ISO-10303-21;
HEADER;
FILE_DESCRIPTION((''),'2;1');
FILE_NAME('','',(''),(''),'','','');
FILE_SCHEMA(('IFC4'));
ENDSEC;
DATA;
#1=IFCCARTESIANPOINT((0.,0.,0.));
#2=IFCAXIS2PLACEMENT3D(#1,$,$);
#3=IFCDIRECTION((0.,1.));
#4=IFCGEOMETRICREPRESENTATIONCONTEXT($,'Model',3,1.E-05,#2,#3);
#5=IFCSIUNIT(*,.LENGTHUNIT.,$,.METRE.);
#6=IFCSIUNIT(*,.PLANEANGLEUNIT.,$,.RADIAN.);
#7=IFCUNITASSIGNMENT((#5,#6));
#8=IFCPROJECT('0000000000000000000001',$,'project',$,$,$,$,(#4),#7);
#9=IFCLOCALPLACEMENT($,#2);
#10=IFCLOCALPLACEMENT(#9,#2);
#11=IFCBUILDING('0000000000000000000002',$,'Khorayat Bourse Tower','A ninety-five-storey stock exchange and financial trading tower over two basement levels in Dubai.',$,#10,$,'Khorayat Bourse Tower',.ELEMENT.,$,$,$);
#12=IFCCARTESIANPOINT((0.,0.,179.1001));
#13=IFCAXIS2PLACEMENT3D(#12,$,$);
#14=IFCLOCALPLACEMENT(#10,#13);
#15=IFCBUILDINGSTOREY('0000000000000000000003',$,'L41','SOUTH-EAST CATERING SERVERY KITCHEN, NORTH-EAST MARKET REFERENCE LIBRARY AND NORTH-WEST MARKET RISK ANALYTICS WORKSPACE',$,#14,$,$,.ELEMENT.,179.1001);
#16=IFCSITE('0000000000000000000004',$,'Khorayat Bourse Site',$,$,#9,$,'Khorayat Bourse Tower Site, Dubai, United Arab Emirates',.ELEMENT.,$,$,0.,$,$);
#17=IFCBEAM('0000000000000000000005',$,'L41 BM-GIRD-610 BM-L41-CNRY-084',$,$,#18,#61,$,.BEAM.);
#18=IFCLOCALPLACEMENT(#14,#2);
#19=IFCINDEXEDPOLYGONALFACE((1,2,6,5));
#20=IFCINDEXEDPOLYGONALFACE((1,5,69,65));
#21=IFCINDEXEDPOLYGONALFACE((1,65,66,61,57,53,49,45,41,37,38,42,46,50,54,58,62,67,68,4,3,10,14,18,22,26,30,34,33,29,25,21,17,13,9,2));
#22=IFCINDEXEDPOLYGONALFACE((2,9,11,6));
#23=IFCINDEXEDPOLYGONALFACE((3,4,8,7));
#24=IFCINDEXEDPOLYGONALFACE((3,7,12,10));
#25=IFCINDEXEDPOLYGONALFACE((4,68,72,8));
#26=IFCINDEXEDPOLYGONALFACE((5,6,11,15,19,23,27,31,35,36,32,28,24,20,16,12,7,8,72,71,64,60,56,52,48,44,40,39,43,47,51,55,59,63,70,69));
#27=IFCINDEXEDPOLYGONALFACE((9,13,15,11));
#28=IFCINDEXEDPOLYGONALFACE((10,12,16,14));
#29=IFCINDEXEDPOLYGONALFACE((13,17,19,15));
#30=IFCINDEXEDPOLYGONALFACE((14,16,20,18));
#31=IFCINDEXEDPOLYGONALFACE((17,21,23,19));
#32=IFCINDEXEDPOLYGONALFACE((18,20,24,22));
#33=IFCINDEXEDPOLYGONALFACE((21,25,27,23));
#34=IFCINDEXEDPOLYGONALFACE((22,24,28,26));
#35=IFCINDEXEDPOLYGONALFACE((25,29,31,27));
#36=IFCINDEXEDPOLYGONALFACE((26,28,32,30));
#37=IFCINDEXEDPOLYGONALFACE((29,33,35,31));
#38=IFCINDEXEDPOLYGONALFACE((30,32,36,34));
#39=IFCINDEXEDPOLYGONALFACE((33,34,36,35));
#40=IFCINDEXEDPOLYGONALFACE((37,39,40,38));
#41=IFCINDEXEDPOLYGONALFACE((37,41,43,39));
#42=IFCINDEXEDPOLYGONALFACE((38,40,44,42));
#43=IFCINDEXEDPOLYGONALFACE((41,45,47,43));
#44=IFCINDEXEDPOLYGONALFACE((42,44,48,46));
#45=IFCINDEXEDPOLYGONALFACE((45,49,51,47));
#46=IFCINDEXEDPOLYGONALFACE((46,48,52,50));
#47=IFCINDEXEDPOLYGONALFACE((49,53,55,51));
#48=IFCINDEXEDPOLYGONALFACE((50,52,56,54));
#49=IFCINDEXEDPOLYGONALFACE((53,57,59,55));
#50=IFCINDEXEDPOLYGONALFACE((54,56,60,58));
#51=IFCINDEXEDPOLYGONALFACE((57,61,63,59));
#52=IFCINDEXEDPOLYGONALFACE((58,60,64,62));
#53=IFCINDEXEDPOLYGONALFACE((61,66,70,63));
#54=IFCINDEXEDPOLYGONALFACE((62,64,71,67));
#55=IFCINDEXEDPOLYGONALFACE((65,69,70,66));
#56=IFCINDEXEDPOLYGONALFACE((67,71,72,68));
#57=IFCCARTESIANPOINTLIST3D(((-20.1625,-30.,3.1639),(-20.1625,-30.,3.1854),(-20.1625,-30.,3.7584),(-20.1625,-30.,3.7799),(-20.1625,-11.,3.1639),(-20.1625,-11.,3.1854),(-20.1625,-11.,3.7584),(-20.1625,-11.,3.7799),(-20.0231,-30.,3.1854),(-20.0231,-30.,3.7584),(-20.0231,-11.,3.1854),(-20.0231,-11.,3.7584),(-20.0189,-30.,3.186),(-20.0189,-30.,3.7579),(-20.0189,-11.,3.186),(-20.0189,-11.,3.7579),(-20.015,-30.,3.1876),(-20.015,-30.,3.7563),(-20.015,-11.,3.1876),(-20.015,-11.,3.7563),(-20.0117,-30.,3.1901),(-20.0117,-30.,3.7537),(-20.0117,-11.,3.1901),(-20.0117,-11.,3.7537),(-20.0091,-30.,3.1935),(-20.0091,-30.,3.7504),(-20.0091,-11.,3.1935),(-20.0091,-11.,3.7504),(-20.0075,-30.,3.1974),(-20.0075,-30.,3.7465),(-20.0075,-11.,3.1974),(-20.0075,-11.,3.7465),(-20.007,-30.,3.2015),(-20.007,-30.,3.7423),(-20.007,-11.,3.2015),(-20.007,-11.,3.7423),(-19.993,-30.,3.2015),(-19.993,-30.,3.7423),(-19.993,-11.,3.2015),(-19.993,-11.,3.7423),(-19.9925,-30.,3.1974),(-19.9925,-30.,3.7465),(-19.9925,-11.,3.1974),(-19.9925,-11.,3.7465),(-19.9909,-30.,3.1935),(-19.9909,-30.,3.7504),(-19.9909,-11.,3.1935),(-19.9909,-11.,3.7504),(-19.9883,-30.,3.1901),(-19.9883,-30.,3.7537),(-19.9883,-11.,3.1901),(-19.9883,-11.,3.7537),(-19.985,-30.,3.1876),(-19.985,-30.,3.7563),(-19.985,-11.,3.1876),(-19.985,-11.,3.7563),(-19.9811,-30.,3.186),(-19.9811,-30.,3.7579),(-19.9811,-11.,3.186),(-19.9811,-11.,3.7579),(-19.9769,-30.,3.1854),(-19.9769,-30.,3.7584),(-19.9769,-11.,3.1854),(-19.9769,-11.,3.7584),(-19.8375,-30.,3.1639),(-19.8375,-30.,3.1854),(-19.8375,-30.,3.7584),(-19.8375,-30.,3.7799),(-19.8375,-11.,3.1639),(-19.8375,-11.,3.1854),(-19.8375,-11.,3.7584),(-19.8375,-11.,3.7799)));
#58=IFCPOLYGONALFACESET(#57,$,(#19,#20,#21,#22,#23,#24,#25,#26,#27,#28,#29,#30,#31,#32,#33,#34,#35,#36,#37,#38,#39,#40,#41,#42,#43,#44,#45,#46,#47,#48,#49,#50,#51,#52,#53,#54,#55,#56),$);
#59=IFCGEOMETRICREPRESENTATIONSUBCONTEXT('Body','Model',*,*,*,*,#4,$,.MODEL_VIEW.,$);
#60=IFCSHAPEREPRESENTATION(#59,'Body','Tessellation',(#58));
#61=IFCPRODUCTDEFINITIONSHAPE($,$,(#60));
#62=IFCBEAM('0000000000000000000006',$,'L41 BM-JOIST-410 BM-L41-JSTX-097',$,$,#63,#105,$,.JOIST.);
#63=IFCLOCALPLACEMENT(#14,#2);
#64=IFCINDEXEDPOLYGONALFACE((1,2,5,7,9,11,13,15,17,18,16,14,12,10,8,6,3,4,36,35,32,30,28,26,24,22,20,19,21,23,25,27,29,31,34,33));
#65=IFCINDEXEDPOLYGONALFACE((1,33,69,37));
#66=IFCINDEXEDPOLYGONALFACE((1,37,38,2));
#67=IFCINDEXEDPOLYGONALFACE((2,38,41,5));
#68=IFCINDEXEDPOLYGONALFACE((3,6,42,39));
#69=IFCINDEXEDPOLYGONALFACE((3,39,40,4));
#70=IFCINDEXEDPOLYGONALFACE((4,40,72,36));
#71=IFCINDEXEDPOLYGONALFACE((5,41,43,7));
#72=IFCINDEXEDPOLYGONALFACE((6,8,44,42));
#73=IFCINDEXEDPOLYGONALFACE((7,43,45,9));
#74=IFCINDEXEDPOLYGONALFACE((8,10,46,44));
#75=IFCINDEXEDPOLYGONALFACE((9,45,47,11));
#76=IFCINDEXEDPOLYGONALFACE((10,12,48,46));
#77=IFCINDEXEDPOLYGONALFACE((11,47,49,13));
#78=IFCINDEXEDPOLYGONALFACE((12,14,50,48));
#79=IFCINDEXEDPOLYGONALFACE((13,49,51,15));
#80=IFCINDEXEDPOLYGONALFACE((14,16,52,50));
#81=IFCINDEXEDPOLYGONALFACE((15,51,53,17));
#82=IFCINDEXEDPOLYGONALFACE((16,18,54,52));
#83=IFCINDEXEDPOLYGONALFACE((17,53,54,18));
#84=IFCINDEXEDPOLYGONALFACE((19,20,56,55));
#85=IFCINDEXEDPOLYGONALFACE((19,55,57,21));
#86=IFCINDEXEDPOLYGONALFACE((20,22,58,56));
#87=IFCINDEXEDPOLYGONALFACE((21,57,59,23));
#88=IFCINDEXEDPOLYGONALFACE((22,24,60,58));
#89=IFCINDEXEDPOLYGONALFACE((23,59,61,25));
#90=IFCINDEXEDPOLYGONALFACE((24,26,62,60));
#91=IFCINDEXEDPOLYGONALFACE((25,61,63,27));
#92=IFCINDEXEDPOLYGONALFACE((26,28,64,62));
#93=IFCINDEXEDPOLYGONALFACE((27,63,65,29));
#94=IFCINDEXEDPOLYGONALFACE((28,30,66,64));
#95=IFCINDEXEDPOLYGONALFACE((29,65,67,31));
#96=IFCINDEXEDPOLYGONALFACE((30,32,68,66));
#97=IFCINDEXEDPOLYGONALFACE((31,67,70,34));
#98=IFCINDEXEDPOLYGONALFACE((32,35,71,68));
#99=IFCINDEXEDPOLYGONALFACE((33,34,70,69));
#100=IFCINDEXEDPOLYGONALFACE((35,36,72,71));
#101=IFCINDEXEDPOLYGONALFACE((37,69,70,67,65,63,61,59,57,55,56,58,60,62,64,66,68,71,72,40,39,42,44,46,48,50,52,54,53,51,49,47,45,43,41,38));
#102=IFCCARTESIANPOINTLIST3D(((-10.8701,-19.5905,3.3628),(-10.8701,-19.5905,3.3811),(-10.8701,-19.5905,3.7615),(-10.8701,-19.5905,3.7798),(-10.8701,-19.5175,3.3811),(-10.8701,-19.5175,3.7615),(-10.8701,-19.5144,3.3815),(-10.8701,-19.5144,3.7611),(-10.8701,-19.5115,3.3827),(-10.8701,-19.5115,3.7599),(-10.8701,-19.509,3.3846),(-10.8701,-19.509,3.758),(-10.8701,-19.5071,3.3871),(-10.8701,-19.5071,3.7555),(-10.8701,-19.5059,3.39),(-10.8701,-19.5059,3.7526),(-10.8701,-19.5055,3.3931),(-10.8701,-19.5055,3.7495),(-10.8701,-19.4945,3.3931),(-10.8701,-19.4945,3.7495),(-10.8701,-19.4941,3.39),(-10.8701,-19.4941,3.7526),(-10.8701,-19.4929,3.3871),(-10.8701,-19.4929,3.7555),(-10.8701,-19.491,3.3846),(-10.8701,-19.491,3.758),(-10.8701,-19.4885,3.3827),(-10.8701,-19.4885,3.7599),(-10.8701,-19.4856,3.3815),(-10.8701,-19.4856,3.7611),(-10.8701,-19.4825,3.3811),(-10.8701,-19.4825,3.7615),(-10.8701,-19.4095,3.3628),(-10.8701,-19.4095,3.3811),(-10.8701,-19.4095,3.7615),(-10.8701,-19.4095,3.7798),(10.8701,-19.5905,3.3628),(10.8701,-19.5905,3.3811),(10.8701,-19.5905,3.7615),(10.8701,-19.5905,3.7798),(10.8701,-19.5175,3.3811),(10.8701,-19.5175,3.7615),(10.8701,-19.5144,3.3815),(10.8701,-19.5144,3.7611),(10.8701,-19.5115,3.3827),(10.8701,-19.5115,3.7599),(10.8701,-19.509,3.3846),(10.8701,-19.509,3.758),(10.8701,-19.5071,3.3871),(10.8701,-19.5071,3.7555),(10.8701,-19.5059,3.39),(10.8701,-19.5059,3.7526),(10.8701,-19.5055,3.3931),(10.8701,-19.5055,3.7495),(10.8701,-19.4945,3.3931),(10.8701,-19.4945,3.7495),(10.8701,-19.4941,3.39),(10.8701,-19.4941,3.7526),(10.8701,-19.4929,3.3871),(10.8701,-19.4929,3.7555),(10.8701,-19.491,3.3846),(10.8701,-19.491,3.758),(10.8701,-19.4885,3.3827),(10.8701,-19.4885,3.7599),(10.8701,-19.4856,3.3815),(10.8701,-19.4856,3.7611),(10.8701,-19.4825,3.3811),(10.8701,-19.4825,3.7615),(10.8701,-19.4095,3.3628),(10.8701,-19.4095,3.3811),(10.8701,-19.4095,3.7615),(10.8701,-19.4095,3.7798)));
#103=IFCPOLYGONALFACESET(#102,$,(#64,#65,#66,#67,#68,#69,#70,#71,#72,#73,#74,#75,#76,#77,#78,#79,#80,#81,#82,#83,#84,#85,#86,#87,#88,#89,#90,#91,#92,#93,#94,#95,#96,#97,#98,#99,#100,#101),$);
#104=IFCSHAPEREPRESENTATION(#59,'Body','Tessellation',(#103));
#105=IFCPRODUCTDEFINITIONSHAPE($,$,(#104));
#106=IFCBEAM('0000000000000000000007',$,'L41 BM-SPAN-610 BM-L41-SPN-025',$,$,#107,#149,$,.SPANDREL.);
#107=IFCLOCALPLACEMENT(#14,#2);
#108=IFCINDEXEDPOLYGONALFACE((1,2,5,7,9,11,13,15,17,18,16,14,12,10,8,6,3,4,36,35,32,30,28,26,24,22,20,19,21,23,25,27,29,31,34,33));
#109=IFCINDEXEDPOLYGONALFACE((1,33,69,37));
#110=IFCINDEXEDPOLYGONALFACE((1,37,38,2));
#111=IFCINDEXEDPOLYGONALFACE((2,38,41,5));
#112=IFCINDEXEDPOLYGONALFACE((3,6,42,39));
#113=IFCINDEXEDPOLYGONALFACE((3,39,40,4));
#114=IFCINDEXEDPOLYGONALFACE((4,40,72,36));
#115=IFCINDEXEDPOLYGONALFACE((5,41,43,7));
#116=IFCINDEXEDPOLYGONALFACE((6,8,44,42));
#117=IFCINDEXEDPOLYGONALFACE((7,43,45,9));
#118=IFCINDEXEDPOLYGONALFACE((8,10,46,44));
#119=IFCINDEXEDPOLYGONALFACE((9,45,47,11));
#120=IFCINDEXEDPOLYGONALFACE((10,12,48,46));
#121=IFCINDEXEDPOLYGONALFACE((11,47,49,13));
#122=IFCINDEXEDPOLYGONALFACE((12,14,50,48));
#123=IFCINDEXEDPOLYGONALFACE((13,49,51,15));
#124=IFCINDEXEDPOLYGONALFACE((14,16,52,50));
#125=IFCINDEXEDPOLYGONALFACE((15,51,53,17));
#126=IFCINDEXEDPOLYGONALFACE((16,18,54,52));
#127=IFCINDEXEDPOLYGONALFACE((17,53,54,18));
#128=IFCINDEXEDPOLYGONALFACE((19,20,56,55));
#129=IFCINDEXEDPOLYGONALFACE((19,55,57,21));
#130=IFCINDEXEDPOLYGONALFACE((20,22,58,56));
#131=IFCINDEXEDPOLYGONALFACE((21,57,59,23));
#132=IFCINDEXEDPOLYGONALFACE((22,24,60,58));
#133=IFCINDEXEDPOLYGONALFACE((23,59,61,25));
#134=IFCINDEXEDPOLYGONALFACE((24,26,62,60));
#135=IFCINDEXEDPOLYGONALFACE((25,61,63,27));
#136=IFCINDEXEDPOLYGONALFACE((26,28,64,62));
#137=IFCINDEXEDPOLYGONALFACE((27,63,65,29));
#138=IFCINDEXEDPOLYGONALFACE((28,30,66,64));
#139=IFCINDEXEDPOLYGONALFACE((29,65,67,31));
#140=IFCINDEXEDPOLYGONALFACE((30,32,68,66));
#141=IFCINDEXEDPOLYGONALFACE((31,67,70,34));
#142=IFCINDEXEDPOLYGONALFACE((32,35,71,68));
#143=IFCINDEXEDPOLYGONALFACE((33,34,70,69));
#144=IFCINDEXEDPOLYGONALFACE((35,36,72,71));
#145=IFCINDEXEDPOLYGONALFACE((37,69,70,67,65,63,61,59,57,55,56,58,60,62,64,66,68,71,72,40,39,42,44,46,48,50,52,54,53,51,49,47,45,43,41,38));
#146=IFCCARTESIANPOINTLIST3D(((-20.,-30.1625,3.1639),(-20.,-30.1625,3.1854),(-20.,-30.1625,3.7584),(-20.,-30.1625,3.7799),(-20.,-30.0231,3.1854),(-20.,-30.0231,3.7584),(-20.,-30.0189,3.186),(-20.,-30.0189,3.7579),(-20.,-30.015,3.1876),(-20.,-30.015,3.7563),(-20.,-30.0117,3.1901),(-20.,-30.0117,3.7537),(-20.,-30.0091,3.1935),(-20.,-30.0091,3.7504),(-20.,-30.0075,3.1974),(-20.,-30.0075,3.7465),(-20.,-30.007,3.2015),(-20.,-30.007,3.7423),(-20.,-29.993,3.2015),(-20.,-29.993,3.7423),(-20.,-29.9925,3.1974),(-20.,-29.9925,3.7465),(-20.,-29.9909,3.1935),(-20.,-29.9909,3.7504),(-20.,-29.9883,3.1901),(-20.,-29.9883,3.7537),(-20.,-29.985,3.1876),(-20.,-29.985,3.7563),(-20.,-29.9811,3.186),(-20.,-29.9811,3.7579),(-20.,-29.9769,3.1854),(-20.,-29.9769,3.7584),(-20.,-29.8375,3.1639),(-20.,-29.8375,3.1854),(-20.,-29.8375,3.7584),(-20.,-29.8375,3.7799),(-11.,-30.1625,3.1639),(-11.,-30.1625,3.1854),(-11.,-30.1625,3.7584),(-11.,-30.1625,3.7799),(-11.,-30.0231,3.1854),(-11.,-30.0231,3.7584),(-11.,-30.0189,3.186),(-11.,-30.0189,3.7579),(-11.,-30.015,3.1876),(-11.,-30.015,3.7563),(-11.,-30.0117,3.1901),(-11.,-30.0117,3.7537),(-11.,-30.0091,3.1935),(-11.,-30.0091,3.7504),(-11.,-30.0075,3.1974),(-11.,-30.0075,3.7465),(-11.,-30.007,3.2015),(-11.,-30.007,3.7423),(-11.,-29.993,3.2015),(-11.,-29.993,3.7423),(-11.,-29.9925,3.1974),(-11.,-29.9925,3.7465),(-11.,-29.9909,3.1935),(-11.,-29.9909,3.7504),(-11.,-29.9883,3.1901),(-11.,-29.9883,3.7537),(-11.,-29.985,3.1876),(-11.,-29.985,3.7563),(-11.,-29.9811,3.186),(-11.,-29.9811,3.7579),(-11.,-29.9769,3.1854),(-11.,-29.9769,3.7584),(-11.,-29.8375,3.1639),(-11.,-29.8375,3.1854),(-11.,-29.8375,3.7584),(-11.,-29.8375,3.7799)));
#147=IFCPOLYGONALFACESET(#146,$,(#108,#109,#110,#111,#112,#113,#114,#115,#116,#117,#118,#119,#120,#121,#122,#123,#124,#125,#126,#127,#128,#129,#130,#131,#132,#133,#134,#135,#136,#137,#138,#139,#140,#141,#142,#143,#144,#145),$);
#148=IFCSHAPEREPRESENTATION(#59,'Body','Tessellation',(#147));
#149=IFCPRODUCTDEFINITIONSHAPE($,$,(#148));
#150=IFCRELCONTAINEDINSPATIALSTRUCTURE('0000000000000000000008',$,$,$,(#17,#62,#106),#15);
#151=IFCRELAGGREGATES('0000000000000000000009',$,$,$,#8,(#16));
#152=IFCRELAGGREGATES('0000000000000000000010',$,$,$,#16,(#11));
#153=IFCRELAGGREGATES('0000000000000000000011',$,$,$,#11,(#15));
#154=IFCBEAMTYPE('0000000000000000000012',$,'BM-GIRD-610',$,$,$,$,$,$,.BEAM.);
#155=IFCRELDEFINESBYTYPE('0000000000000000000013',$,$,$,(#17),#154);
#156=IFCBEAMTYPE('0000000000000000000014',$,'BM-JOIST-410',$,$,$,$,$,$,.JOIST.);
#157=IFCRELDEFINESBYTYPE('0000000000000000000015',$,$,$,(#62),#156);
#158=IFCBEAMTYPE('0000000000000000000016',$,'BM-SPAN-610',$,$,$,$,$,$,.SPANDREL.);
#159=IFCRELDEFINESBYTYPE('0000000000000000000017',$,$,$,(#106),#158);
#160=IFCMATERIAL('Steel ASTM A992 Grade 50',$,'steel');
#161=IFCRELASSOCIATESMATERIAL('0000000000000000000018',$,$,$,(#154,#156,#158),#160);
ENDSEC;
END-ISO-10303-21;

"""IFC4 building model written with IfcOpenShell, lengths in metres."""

from ifc_helpers import new_model, si_unit, direction, frame, origin, origin_2d, place, context, subcontext, project, spatial, i_section, extrude, source, transform, mapped, material, material_profile, profile_set, type_object, element, save


model = new_model("IFC4")

# Units and contexts
model_context = context("Model", 3, precision=1e-05, world=origin(), true_north=direction((0.0, 1.0)))
body_context = subcontext(model_context, "Body", "Model", "MODEL_VIEW")
ifc_project = project(units=[si_unit("LENGTHUNIT", "METRE"), si_unit("PLANEANGLEUNIT", "RADIAN")], contexts=[model_context])

# Site, building, storey
site_placement = place(None, origin())
site = spatial("IfcSite", under=ifc_project, at=site_placement, Name="Khorayat Bourse Site", LongName="Khorayat Bourse Tower Site, Dubai, United Arab Emirates", CompositionType="ELEMENT", RefElevation=0.0)
building_placement = place(site_placement, origin())
building = spatial("IfcBuilding", under=site, at=building_placement, Name="Khorayat Bourse Tower", Description="A ninety-five-storey stock exchange and financial trading tower over two basement levels in Dubai.", LongName="Khorayat Bourse Tower", CompositionType="ELEMENT")
storey_placement = place(building_placement, frame((0.0, 0.0, 179.1001)))
storey = spatial("IfcBuildingStorey", under=building, at=storey_placement, Name="L41", Description="SOUTH-EAST CATERING SERVERY KITCHEN, NORTH-EAST MARKET REFERENCE LIBRARY AND NORTH-WEST MARKET RISK ANALYTICS WORKSPACE", CompositionType="ELEMENT", Elevation=179.1001)

# Beams
ifc_material_1 = material(Name="Steel ASTM A992 Grade 50", Category="steel")
ifc_material_profile_1 = material_profile(ifc_material_1, i_section(OverallWidth=0.325, OverallDepth=0.616, WebThickness=0.0139, FlangeThickness=0.0215, FilletRadius=0.0161, at=origin_2d()), Name="W610X174")
ifc_profile_set_1 = profile_set([ifc_material_profile_1], Name="Steel ASTM A992 Grade 50")
beam_type_1 = type_object("IfcBeamType", Name="BM-GIRD-610", PredefinedType="BEAM", material=ifc_profile_set_1)
shared_shape_1 = source(origin(), body_context, "Body", "SweptSolid", [
    extrude(i_section(OverallWidth=0.325, OverallDepth=0.616, WebThickness=0.0139, FlangeThickness=0.0215, FilletRadius=0.0161, at=origin_2d()), origin(), (0.0, 0.0, 1.0), 19.0),
])
beam_1_placement = place(storey_placement, frame((-20.0, -30.0, 3.4719), z_axis=(0.0, 1.0, 0.0), x_axis=(-1.0, 0.0, 0.0)))
element("IfcBeam", 1, at=beam_1_placement, inside=storey, type_object=beam_type_1, Name="L41 BM-GIRD-610 BM-L41-CNRY-084", PredefinedType="BEAM", context=body_context, shape_type="MappedRepresentation", body=[
    mapped(shared_shape_1, transform((0.0, 0.0, 0.0), scale=1.0)),
])
ifc_material_profile_2 = material_profile(ifc_material_1, i_section(OverallWidth=0.1809, OverallDepth=0.417, WebThickness=0.011, FlangeThickness=0.0183, FilletRadius=0.012, at=origin_2d()), Name="W410X85")
ifc_profile_set_2 = profile_set([ifc_material_profile_2], Name="Steel ASTM A992 Grade 50")
beam_type_2 = type_object("IfcBeamType", Name="BM-JOIST-410", PredefinedType="JOIST", material=ifc_profile_set_2)
shared_shape_2 = source(origin(), body_context, "Body", "SweptSolid", [
    extrude(i_section(OverallWidth=0.1809, OverallDepth=0.417, WebThickness=0.011, FlangeThickness=0.0183, FilletRadius=0.012, at=origin_2d()), origin(), (0.0, 0.0, 1.0), 21.7402),
])
beam_2_placement = place(storey_placement, frame((-10.8701, -19.5, 3.5713), z_axis=(1.0, 0.0, 0.0), x_axis=(0.0, 1.0, 0.0)))
element("IfcBeam", 2, at=beam_2_placement, inside=storey, type_object=beam_type_2, Name="L41 BM-JOIST-410 BM-L41-JSTX-097", PredefinedType="JOIST", context=body_context, shape_type="MappedRepresentation", body=[
    mapped(shared_shape_2, transform((0.0, 0.0, 0.0), scale=1.0)),
])
ifc_material_profile_3 = material_profile(ifc_material_1, i_section(OverallWidth=0.325, OverallDepth=0.616, WebThickness=0.0139, FlangeThickness=0.0215, FilletRadius=0.0161, at=origin_2d()), Name="W610X174")
ifc_profile_set_3 = profile_set([ifc_material_profile_3], Name="Steel ASTM A992 Grade 50")
beam_type_3 = type_object("IfcBeamType", Name="BM-SPAN-610", PredefinedType="SPANDREL", material=ifc_profile_set_3)
shared_shape_3 = source(origin(), body_context, "Body", "SweptSolid", [
    extrude(i_section(OverallWidth=0.325, OverallDepth=0.616, WebThickness=0.0139, FlangeThickness=0.0215, FilletRadius=0.0161, at=origin_2d()), origin(), (0.0, 0.0, 1.0), 9.0),
])
beam_3_placement = place(storey_placement, frame((-20.0, -30.0, 3.4719), z_axis=(1.0, 0.0, 0.0), x_axis=(0.0, 1.0, 0.0)))
element("IfcBeam", 3, at=beam_3_placement, inside=storey, type_object=beam_type_3, Name="L41 BM-SPAN-610 BM-L41-SPN-025", PredefinedType="SPANDREL", context=body_context, shape_type="MappedRepresentation", body=[
    mapped(shared_shape_3, transform((0.0, 0.0, 0.0), scale=1.0)),
])

save(model, "model.ifc")
